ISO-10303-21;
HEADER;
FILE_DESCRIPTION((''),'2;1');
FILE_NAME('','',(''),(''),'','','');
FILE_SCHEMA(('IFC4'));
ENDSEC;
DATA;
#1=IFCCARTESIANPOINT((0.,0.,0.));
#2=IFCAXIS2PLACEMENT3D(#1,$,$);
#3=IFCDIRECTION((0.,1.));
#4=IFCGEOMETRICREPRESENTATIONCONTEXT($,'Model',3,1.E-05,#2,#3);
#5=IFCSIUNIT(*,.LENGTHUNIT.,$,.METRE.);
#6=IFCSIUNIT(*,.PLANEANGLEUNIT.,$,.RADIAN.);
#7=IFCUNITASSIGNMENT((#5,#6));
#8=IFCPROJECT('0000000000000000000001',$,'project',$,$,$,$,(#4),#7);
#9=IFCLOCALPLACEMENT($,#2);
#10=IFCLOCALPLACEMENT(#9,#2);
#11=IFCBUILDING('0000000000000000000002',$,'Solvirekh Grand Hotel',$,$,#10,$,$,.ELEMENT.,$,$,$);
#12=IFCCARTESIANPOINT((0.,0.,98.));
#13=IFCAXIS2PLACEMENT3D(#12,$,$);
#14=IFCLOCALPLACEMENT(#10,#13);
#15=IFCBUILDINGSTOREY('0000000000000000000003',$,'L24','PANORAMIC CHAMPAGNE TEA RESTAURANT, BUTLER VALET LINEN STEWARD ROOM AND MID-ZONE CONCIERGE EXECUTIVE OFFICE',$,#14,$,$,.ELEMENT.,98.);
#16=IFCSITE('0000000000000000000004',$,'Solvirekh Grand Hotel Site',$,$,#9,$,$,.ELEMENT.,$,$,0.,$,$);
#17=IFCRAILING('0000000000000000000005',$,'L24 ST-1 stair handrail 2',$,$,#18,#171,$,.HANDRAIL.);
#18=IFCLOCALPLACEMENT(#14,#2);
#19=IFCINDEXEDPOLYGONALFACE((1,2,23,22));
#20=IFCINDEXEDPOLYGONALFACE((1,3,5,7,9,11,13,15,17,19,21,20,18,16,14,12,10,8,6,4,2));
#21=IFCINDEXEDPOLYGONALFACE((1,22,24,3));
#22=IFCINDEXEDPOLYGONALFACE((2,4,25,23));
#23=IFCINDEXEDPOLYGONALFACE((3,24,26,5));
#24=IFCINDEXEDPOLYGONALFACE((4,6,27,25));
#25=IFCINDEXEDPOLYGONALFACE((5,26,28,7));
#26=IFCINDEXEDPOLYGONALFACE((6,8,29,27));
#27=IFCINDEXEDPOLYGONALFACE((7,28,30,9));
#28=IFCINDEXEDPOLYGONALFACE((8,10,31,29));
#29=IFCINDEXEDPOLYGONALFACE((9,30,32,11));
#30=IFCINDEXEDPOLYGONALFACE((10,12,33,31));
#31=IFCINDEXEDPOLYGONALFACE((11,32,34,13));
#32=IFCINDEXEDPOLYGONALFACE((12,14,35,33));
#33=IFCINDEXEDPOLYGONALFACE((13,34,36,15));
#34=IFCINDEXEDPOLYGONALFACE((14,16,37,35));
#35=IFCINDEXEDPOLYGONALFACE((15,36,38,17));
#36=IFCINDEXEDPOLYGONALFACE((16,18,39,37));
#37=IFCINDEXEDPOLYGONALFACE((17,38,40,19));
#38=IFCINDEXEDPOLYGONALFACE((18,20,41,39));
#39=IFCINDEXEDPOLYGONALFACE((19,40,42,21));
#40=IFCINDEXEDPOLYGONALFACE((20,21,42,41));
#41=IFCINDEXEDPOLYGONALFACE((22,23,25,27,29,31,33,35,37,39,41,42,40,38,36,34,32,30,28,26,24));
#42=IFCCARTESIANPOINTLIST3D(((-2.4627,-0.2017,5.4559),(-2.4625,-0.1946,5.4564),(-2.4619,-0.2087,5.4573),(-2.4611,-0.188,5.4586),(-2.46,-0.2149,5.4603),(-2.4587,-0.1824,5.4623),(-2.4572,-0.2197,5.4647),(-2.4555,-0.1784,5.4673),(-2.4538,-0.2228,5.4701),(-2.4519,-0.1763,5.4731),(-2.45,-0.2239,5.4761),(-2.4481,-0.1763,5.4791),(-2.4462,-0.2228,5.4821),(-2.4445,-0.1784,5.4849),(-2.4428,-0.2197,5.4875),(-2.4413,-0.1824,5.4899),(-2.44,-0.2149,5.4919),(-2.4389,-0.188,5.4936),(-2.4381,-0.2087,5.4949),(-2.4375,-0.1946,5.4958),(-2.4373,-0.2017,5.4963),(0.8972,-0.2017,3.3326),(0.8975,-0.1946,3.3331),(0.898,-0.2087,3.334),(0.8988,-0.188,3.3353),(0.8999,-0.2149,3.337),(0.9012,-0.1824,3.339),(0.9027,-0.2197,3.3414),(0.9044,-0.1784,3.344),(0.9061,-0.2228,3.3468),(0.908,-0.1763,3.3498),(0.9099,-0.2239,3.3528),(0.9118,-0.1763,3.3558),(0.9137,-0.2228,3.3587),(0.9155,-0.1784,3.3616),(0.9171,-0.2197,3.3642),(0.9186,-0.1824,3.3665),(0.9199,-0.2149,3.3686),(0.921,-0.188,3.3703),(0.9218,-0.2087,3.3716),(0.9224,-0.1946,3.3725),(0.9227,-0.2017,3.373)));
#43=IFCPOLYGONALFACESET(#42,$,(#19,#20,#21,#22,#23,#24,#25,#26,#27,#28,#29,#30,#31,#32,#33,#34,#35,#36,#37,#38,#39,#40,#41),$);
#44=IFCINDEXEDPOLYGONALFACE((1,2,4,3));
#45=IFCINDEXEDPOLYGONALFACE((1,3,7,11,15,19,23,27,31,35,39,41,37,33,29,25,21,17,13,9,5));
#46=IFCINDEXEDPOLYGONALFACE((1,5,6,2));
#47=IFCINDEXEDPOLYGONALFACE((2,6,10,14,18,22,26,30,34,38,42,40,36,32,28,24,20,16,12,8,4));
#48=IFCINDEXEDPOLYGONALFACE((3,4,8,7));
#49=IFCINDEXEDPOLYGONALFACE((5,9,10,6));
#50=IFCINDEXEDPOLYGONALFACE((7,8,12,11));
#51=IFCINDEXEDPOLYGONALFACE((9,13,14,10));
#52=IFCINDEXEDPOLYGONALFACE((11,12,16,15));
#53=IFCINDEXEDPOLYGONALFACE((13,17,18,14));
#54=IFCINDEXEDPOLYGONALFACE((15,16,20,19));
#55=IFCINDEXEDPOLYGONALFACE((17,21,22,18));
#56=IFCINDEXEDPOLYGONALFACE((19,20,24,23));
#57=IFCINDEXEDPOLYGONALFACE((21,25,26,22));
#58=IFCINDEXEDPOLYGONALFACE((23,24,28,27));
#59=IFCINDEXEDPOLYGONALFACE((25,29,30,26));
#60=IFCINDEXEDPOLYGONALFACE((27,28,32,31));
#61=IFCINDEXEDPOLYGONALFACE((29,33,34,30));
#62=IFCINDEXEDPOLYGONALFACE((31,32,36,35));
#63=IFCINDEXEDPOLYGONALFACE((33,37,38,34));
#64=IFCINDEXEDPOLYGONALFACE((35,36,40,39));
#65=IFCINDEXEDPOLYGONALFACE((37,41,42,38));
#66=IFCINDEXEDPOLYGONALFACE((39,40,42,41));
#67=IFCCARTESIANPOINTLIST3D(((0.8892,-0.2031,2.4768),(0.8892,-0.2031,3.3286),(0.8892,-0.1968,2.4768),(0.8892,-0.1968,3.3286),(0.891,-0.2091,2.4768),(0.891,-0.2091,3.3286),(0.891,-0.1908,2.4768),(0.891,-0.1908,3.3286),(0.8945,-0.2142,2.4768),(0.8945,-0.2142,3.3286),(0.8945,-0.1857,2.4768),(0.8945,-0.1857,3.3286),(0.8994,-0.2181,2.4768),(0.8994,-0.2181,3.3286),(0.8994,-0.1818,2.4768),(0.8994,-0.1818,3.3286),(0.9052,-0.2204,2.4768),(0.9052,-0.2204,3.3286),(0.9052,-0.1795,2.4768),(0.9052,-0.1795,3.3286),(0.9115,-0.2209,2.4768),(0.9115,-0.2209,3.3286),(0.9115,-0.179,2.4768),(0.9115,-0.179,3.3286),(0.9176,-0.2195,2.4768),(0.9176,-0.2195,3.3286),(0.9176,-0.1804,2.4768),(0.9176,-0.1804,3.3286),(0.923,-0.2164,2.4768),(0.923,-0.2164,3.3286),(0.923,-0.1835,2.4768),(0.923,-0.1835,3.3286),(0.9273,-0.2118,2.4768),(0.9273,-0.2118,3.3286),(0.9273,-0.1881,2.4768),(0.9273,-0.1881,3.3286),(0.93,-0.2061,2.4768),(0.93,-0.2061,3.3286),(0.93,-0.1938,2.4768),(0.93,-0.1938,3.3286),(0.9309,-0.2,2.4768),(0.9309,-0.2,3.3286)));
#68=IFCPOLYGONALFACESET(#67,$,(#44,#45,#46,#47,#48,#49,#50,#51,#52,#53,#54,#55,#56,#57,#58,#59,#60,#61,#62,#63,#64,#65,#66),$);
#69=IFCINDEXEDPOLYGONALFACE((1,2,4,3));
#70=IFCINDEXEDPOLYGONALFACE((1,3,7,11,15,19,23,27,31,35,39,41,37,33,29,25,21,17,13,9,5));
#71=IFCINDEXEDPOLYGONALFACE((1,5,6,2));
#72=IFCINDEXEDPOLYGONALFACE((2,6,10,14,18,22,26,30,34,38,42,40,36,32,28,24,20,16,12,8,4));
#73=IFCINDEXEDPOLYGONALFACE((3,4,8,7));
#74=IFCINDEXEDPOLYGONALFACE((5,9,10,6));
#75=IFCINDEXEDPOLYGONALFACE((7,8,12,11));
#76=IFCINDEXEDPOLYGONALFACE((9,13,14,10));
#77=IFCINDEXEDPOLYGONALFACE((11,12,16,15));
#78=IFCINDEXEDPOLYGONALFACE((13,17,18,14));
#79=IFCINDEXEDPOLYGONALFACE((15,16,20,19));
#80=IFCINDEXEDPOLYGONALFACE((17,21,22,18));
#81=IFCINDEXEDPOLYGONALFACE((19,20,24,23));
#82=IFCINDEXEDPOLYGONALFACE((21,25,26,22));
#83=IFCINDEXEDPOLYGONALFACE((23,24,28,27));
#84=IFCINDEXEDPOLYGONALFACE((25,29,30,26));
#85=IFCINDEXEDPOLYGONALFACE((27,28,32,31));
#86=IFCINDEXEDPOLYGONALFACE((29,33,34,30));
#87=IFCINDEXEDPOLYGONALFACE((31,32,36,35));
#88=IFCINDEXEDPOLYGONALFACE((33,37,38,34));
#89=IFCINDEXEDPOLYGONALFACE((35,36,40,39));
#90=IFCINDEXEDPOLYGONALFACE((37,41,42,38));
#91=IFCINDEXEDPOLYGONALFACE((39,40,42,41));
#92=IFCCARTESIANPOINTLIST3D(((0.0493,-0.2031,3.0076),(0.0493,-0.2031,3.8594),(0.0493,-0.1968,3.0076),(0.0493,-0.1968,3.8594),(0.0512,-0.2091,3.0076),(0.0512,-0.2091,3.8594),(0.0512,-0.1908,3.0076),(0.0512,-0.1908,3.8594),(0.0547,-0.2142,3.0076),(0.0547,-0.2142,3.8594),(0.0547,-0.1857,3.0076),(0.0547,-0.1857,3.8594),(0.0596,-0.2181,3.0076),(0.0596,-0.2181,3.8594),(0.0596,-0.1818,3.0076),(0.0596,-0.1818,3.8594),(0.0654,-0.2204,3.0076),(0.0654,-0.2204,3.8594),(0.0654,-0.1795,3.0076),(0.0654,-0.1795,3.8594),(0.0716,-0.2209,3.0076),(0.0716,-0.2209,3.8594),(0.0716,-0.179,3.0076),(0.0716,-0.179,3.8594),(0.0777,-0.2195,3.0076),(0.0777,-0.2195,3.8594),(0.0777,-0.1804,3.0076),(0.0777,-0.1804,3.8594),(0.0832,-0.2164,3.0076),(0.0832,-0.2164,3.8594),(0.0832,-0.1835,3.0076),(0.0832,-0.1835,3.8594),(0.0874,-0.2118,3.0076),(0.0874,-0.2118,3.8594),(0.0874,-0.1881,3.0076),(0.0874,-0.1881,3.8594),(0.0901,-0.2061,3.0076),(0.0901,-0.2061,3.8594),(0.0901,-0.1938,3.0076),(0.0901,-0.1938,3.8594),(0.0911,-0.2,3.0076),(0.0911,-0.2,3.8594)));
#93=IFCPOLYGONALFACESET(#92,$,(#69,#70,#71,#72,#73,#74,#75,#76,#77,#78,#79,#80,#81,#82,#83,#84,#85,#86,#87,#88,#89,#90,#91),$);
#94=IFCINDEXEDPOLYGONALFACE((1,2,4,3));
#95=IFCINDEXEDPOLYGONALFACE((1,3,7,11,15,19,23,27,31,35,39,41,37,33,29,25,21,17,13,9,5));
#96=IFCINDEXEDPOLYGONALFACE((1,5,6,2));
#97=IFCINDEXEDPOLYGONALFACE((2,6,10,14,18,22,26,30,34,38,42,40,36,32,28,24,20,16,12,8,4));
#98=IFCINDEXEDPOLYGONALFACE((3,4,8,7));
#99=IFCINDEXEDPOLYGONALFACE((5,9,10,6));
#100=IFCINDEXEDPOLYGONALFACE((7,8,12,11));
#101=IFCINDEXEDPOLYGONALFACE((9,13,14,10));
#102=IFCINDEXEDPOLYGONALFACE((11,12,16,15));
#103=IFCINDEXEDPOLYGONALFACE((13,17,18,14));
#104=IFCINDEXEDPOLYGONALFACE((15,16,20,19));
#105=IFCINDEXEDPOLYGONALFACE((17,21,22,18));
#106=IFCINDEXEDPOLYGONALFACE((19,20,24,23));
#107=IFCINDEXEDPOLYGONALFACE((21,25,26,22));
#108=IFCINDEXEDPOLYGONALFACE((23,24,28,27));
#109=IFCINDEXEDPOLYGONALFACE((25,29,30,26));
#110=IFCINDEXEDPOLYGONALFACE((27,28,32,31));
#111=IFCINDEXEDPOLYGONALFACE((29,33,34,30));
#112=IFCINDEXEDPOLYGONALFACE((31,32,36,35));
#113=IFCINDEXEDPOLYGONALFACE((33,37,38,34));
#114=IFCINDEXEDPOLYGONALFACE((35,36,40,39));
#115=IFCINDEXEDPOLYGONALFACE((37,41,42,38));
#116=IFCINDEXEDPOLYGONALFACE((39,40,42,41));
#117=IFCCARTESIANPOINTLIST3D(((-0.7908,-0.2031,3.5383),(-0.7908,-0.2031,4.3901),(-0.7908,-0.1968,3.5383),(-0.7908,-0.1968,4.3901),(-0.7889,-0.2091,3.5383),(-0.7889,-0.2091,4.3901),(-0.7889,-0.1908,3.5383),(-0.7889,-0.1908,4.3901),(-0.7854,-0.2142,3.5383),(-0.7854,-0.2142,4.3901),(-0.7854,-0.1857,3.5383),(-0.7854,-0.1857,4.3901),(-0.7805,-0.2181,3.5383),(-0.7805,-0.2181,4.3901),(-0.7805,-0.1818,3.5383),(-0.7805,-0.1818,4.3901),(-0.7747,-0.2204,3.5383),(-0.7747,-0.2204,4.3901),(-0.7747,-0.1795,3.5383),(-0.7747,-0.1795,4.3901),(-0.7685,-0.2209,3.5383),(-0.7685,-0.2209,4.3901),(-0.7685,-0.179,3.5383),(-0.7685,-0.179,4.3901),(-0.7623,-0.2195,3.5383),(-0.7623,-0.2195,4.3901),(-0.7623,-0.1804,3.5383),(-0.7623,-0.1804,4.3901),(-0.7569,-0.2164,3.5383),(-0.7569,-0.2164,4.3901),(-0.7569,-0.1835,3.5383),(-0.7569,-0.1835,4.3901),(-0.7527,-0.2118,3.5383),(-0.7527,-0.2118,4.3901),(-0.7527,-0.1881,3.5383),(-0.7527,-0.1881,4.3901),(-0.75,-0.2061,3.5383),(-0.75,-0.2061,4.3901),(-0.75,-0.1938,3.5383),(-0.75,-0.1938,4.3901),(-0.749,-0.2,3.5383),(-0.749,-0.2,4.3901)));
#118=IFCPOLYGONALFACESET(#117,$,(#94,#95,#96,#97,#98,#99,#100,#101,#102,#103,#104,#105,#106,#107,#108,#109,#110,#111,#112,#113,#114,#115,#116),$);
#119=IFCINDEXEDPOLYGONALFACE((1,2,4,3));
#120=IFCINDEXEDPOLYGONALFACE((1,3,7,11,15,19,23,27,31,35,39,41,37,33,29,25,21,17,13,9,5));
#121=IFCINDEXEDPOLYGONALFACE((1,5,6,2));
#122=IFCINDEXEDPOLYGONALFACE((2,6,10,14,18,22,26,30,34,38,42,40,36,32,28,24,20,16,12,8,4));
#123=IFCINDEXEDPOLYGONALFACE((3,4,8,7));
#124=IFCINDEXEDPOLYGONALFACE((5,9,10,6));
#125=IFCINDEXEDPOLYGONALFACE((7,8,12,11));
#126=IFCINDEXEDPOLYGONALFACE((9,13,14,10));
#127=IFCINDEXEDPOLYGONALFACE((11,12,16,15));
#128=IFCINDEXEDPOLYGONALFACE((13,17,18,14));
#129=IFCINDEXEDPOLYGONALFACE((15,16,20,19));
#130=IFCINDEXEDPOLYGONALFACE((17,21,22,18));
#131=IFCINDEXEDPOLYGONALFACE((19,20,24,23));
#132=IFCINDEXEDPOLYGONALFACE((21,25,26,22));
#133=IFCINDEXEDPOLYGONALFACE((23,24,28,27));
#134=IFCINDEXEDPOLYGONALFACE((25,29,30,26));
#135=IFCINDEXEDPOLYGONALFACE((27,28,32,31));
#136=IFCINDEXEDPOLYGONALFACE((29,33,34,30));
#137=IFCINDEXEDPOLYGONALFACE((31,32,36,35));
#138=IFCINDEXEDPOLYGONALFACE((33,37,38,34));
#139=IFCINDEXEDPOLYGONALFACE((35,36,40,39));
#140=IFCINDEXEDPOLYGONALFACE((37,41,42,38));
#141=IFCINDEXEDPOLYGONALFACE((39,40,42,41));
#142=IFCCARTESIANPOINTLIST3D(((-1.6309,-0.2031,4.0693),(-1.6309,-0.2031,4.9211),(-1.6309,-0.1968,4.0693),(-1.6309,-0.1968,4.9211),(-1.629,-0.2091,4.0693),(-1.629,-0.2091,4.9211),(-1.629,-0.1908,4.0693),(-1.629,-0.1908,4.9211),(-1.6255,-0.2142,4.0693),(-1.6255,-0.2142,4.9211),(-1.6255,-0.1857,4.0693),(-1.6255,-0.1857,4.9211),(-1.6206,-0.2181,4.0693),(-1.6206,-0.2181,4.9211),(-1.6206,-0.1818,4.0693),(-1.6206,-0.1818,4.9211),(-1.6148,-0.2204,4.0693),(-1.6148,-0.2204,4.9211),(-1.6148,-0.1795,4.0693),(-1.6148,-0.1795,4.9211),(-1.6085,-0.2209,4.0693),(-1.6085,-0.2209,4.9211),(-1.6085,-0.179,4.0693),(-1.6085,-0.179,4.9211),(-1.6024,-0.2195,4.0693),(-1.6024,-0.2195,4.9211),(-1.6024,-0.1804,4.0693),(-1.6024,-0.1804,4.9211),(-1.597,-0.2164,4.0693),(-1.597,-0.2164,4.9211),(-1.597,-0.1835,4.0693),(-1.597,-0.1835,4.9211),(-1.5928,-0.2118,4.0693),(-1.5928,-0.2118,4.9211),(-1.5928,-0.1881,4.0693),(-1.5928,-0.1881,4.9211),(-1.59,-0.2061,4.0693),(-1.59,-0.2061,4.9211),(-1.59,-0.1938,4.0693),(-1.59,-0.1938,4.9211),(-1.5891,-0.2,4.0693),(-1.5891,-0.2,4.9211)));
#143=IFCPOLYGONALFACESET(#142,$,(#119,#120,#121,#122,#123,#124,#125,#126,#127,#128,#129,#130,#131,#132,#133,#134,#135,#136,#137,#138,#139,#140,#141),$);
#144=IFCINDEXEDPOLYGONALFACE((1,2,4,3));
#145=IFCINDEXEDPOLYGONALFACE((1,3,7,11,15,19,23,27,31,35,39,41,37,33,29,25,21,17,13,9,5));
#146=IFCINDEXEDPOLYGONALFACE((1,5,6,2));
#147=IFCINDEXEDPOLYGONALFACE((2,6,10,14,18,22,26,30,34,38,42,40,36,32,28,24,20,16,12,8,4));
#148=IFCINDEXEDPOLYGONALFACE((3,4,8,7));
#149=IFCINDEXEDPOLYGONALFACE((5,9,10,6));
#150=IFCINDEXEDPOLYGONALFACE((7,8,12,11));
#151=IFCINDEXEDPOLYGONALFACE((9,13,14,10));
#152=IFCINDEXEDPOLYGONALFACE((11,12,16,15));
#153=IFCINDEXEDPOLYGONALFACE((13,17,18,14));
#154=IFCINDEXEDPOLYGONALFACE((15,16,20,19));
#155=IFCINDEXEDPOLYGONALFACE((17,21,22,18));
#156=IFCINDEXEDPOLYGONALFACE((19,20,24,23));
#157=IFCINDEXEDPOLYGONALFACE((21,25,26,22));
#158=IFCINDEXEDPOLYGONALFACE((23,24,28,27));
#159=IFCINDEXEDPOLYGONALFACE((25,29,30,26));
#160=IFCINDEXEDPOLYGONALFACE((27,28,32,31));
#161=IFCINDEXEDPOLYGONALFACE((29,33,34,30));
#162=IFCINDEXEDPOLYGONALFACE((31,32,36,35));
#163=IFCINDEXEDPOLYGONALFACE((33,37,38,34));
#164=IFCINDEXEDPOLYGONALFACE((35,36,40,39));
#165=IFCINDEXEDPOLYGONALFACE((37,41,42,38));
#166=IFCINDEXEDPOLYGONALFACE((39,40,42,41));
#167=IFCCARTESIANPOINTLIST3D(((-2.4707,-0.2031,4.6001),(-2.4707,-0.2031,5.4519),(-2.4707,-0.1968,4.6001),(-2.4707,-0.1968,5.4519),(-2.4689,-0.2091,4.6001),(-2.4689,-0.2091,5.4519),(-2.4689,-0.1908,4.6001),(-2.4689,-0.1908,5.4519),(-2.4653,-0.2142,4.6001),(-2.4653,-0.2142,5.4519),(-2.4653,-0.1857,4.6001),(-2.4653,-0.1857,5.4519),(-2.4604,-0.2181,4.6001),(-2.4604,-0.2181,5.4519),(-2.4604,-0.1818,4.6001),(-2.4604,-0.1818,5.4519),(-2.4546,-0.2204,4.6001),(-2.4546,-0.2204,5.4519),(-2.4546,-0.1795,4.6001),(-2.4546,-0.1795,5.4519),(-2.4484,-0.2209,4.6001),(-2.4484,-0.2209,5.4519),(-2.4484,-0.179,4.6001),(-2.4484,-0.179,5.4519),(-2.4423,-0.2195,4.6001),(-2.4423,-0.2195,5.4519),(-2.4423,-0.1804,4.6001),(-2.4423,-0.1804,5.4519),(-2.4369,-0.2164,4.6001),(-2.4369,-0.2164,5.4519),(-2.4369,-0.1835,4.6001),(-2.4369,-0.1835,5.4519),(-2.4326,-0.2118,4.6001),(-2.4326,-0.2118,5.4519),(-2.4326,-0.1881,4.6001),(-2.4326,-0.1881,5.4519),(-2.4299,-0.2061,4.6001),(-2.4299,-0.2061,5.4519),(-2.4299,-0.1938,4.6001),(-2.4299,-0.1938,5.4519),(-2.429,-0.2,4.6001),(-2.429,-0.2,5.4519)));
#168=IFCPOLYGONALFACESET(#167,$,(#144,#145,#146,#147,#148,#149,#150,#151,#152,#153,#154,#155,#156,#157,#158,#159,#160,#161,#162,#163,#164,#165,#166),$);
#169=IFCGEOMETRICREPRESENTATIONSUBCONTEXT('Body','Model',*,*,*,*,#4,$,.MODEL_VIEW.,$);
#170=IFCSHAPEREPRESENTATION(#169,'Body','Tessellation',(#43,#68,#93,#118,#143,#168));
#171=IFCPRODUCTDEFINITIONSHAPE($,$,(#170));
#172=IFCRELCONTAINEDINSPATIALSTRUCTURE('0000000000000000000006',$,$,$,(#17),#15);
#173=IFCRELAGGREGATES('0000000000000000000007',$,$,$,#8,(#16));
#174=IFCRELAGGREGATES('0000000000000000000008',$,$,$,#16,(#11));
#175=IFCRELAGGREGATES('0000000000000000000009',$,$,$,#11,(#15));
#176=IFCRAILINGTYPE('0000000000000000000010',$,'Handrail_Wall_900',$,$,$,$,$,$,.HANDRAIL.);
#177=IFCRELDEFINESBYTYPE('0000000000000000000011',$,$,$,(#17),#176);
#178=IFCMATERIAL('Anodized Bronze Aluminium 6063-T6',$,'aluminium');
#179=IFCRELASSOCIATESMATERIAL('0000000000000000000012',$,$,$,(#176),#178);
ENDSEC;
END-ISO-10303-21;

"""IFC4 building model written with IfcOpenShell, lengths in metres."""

from ifc_helpers import new_model, si_unit, direction, frame, origin, origin_2d, place, context, subcontext, project, spatial, circle, extrude, material, type_object, element, save


model = new_model("IFC4")

# Units and contexts
model_context = context("Model", 3, precision=1e-05, world=origin(), true_north=direction((0.0, 1.0)))
body_context = subcontext(model_context, "Body", "Model", "MODEL_VIEW")
ifc_project = project(units=[si_unit("LENGTHUNIT", "METRE"), si_unit("PLANEANGLEUNIT", "RADIAN")], contexts=[model_context])

# Site, building, storey
site_placement = place(None, origin())
site = spatial("IfcSite", under=ifc_project, at=site_placement, Name="Solvirekh Grand Hotel Site", CompositionType="ELEMENT", RefElevation=0.0)
building_placement = place(site_placement, origin())
building = spatial("IfcBuilding", under=site, at=building_placement, Name="Solvirekh Grand Hotel", CompositionType="ELEMENT")
storey_placement = place(building_placement, frame((0.0, 0.0, 98.0)))
storey = spatial("IfcBuildingStorey", under=building, at=storey_placement, Name="L24", Description="PANORAMIC CHAMPAGNE TEA RESTAURANT, BUTLER VALET LINEN STEWARD ROOM AND MID-ZONE CONCIERGE EXECUTIVE OFFICE", CompositionType="ELEMENT", Elevation=98.0)

# Railing
ifc_material_1 = material(Name="Anodized Bronze Aluminium 6063-T6", Category="aluminium")
railing_type_1 = type_object("IfcRailingType", Name="Handrail_Wall_900", PredefinedType="HANDRAIL", material=ifc_material_1)
railing_1_placement = place(storey_placement, frame((0.9099, -0.2, 2.4768)))
element("IfcRailing", 1, at=railing_1_placement, inside=storey, type_object=railing_type_1, Name="L24 ST-1 stair handrail 2", PredefinedType="HANDRAIL", context=body_context, shape_type="SweptSolid", body=[
    extrude(circle(Radius=0.0239, at=origin_2d()), frame((0.0, 0.0, 0.876), z_axis=(-0.845344, 0.0, 0.534222), x_axis=(0.0, -1.0, 0.0)), (0.0, 0.0, 1.0), 3.9746),
    extrude(circle(Radius=0.021, at=origin_2d()), origin(), (0.0, 0.0, 1.0), 0.8518),
    extrude(circle(Radius=0.021, at=origin_2d()), frame((-0.8398, 0.0, 0.5308)), (0.0, 0.0, 1.0), 0.8518),
    extrude(circle(Radius=0.021, at=origin_2d()), frame((-1.6799, 0.0, 1.0615)), (0.0, 0.0, 1.0), 0.8518),
    extrude(circle(Radius=0.021, at=origin_2d()), frame((-2.52, 0.0, 1.5925)), (0.0, 0.0, 1.0), 0.8518),
    extrude(circle(Radius=0.021, at=origin_2d()), frame((-3.3599, 0.0, 2.1233)), (0.0, 0.0, 1.0), 0.8518),
])

save(model, "model.ifc")
